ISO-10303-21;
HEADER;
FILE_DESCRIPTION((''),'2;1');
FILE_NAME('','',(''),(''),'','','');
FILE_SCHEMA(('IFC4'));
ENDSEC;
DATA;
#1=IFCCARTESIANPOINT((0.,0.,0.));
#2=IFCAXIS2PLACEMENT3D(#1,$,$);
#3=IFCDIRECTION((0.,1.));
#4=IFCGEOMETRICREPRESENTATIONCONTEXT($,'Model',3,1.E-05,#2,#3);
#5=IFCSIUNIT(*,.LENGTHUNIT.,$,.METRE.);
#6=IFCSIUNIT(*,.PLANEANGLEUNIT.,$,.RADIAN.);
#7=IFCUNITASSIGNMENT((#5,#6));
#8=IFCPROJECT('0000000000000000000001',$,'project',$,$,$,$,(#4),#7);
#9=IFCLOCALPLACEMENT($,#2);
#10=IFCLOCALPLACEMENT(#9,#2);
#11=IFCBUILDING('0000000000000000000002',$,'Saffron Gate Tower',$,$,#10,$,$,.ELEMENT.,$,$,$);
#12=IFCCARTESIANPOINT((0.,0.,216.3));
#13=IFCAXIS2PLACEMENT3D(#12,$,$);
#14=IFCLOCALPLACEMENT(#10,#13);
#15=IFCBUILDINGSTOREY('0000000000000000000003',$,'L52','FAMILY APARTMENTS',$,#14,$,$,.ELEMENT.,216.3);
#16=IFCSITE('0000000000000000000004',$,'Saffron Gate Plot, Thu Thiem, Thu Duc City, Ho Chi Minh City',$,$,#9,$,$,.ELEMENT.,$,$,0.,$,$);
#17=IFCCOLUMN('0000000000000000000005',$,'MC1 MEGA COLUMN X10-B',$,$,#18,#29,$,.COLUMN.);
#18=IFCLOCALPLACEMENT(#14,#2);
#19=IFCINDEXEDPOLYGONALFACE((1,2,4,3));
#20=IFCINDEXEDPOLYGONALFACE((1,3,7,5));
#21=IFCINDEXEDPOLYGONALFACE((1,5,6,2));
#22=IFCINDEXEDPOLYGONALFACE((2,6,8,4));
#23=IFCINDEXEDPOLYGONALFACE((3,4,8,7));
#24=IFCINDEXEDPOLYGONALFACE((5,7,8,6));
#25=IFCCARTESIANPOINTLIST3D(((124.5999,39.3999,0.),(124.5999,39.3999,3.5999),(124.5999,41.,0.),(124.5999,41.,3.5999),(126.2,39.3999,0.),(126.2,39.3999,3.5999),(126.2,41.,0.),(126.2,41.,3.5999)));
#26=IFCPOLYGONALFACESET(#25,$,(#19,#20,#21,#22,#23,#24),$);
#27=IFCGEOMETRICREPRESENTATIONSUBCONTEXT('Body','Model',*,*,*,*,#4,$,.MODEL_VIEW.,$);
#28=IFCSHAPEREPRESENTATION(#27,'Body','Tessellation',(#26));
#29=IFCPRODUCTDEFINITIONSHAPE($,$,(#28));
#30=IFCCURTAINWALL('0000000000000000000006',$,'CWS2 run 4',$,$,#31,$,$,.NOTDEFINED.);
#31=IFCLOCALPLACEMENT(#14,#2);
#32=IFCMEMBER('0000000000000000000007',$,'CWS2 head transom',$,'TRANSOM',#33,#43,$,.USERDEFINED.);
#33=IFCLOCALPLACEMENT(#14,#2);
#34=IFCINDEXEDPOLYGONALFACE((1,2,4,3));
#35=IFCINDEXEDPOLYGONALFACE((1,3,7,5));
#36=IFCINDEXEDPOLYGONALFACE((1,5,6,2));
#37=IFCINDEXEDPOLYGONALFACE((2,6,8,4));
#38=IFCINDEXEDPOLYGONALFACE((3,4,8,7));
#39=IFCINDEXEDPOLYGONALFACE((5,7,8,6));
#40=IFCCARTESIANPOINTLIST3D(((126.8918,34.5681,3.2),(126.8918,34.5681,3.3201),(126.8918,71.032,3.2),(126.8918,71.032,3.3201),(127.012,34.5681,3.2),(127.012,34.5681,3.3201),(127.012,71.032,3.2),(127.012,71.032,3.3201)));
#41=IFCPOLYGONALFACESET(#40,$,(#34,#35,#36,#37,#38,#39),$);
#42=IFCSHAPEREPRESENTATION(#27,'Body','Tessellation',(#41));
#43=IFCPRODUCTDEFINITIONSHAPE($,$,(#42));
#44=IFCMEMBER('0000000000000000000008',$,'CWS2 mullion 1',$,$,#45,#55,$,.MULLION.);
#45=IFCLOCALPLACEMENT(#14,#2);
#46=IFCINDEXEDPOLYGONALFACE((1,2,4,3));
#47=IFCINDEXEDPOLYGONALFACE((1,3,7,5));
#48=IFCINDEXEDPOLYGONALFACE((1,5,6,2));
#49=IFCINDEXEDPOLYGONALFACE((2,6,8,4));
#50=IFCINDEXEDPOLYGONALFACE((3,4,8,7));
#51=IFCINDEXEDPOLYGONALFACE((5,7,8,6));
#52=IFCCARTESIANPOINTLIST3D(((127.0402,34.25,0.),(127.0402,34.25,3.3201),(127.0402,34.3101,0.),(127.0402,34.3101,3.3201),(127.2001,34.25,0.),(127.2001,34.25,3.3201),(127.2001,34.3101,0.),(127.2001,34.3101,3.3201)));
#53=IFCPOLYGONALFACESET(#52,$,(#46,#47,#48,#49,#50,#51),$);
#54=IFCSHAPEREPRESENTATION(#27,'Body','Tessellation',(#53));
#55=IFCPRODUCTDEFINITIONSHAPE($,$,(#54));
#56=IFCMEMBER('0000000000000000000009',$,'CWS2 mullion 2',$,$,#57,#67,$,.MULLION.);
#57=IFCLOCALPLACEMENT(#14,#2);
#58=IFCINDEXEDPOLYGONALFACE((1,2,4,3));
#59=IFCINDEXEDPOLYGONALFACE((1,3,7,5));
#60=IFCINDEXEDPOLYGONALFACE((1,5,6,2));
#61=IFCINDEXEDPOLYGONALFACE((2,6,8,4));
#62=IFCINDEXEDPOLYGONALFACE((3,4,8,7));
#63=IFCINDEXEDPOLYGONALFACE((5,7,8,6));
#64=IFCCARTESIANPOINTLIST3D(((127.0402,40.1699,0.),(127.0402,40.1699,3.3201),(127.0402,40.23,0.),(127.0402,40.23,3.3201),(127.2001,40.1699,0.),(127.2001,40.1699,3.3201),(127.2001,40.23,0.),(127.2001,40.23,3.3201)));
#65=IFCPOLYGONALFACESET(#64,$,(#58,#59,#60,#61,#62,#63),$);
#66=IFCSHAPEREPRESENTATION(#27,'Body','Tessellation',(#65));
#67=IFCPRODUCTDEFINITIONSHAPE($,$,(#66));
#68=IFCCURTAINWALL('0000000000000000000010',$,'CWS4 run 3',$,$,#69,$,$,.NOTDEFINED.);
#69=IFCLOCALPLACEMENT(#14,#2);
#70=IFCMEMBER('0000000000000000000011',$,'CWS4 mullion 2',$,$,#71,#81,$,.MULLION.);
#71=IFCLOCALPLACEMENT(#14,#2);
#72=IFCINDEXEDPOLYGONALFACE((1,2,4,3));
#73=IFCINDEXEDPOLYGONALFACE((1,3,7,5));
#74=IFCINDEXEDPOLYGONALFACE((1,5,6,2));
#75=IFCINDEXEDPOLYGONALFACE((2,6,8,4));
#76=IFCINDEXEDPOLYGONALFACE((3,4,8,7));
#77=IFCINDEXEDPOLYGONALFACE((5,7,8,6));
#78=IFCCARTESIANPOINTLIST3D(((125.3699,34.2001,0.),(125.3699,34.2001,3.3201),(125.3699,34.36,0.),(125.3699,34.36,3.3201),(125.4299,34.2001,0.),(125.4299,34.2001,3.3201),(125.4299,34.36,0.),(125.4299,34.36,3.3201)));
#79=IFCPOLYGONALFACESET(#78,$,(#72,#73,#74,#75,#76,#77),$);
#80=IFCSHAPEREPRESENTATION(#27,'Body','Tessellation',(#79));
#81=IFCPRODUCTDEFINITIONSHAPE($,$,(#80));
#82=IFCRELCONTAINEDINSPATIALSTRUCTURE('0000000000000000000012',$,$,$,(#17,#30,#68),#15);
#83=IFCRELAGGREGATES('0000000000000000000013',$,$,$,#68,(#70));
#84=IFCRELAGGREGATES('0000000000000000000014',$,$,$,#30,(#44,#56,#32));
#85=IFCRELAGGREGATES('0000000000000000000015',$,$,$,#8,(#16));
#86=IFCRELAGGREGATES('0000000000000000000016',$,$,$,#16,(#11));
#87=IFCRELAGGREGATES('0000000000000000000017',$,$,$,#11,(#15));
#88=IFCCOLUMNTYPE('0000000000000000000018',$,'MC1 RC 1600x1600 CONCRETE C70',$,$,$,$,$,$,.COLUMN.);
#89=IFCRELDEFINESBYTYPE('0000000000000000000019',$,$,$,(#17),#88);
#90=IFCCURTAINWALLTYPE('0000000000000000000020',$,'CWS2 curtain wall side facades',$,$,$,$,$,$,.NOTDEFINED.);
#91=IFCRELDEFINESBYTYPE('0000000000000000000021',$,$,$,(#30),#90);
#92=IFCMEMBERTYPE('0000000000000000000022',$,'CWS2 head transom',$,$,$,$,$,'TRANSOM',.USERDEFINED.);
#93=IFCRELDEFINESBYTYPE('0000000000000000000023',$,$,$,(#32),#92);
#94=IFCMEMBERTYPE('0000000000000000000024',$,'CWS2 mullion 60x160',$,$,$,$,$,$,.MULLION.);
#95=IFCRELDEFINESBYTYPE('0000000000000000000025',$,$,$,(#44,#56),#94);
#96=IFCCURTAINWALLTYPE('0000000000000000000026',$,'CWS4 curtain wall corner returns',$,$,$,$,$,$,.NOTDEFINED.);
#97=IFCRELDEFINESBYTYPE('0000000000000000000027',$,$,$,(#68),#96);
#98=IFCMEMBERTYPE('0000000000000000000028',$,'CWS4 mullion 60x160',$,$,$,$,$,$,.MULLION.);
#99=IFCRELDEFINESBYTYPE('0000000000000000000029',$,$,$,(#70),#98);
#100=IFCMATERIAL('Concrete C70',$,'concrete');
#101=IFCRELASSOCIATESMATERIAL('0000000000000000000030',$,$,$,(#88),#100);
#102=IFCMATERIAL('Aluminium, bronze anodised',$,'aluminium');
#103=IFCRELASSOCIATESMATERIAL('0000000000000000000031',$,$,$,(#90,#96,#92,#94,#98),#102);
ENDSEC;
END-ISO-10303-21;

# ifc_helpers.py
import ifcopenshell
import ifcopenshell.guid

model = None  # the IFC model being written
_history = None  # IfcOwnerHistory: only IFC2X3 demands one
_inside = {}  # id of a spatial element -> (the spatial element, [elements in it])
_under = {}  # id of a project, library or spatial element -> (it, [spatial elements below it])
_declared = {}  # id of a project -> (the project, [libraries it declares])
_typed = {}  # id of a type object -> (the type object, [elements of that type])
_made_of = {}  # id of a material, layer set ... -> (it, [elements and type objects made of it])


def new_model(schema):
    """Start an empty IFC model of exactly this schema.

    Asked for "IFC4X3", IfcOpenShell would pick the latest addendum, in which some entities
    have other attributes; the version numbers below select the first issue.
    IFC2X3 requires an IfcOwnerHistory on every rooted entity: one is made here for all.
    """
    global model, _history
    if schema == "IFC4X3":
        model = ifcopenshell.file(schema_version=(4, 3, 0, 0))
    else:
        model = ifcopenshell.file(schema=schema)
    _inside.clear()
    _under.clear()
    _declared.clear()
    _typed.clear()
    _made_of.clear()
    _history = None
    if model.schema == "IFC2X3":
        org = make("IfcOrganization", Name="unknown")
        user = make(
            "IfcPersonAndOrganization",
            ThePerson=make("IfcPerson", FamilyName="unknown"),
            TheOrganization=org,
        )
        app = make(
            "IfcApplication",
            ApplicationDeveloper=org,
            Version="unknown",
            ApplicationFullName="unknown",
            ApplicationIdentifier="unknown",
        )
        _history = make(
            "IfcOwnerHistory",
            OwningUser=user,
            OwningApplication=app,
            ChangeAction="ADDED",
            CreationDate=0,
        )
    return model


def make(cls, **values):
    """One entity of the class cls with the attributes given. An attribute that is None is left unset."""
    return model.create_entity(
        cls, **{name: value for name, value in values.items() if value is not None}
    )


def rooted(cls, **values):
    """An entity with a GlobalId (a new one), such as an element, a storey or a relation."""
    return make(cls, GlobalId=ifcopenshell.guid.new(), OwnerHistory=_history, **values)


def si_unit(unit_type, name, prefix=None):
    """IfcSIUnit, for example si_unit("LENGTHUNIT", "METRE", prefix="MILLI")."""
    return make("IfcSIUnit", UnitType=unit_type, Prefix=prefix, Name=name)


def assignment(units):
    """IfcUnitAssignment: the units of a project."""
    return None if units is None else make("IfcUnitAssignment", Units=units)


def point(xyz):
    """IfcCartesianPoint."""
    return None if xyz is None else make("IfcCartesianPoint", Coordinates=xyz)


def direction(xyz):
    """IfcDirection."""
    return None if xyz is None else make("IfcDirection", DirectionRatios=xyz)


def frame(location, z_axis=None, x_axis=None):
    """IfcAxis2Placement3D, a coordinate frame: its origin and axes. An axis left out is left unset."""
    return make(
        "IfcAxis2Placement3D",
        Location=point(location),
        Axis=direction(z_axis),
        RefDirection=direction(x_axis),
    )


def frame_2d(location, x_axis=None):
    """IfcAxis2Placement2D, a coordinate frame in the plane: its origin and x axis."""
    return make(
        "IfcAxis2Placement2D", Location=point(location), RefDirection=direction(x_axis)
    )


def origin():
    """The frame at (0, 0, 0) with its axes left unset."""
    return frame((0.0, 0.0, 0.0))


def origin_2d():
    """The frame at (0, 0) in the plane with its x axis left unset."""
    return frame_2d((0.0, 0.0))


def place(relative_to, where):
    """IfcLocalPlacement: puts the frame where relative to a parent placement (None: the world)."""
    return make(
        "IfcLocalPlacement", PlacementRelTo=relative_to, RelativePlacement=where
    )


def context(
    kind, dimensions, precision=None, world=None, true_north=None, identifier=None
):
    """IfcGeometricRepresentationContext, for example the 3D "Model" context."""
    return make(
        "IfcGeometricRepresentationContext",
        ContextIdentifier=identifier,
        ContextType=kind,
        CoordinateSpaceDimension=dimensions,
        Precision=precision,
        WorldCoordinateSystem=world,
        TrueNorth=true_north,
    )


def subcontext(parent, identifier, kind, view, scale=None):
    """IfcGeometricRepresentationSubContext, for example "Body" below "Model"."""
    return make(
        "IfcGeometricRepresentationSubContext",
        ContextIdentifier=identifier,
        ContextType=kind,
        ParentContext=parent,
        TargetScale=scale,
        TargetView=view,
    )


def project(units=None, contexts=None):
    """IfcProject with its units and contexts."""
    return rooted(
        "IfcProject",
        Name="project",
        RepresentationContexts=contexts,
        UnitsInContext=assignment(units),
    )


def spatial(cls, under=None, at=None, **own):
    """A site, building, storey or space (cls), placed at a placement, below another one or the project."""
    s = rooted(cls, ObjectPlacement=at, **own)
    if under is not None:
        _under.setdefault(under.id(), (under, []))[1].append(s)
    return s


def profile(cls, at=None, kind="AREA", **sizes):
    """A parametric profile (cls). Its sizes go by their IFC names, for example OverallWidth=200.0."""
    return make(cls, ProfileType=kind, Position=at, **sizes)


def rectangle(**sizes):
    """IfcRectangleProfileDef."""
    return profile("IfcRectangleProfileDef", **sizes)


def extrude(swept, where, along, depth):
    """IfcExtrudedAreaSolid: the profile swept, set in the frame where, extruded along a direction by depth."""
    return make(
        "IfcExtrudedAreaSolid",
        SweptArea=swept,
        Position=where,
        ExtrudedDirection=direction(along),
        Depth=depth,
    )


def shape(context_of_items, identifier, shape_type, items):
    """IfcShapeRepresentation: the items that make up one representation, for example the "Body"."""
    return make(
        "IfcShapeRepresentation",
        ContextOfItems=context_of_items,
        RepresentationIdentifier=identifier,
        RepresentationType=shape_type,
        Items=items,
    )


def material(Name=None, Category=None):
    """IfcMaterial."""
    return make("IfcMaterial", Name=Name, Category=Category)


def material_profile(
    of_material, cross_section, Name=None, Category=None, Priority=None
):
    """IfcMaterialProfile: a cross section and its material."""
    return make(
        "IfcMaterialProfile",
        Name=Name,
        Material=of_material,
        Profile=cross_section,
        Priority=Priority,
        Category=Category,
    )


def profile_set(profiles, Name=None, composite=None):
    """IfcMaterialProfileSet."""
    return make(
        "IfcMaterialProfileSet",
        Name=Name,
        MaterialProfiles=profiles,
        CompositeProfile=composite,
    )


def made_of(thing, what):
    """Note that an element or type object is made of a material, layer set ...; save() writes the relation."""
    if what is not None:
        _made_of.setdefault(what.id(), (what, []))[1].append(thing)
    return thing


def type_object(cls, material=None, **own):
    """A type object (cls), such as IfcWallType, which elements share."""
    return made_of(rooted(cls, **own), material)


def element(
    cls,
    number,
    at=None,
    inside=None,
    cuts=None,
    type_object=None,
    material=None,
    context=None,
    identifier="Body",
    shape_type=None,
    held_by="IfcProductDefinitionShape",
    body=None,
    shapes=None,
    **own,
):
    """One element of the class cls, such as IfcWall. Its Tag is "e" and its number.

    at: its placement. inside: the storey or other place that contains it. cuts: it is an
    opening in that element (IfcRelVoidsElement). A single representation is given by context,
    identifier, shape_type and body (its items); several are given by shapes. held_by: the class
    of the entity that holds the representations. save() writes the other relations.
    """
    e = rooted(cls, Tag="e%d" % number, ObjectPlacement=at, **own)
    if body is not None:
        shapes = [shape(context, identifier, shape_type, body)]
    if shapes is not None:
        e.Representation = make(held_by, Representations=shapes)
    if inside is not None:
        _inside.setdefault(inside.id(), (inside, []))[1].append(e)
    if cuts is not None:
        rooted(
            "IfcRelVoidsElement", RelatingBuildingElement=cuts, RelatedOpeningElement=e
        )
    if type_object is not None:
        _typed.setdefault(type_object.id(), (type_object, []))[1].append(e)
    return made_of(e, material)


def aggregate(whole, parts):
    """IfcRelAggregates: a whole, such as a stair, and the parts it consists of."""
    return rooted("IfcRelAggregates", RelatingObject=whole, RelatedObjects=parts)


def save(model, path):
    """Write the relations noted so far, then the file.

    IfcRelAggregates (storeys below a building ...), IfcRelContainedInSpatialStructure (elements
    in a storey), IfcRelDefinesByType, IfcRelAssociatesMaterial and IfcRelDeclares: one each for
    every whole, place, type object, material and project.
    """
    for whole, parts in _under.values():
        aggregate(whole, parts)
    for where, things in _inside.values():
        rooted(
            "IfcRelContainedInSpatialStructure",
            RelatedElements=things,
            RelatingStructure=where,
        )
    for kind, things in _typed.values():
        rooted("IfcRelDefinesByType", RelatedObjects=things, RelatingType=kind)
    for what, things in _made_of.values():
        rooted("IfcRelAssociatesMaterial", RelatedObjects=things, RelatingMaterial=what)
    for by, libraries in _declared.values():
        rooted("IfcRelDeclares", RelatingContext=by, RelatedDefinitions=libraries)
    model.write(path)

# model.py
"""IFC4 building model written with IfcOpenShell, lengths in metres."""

from ifc_helpers import new_model, si_unit, direction, frame, origin, origin_2d, place, context, subcontext, project, spatial, rectangle, extrude, material, material_profile, profile_set, type_object, element, aggregate, save


model = new_model("IFC4")

# Units and contexts
model_context = context("Model", 3, precision=1e-05, world=origin(), true_north=direction((0.0, 1.0)))
body_context = subcontext(model_context, "Body", "Model", "MODEL_VIEW")
ifc_project = project(units=[si_unit("LENGTHUNIT", "METRE"), si_unit("PLANEANGLEUNIT", "RADIAN")], contexts=[model_context])

# Site, building, storey
site_placement = place(None, origin())
site = spatial("IfcSite", under=ifc_project, at=site_placement, Name="Saffron Gate Plot, Thu Thiem, Thu Duc City, Ho Chi Minh City", CompositionType="ELEMENT", RefElevation=0.0)
building_placement = place(site_placement, origin())
building = spatial("IfcBuilding", under=site, at=building_placement, Name="Saffron Gate Tower", CompositionType="ELEMENT")
storey_placement = place(building_placement, frame((0.0, 0.0, 216.3)))
storey = spatial("IfcBuildingStorey", under=building, at=storey_placement, Name="L52", Description="FAMILY APARTMENTS", CompositionType="ELEMENT", Elevation=216.3)

# Column
ifc_material_1 = material(Name="Concrete C70", Category="concrete")
ifc_material_profile_1 = material_profile(ifc_material_1, rectangle(XDim=1.6001, YDim=1.6001, at=origin_2d()))
ifc_profile_set_1 = profile_set([ifc_material_profile_1], Name="Concrete C70")
column_type = type_object("IfcColumnType", Name="MC1 RC 1600x1600 CONCRETE C70", PredefinedType="COLUMN", material=ifc_profile_set_1)
column_placement = place(storey_placement, frame((125.3999, 40.2, 0.0), z_axis=(0.0, 0.0, 1.0), x_axis=(1.0, 0.0, 0.0)))
element("IfcColumn", 1, at=column_placement, inside=storey, type_object=column_type, Name="MC1 MEGA COLUMN X10-B", PredefinedType="COLUMN", context=body_context, shape_type="SweptSolid", body=[
    extrude(rectangle(XDim=1.6001, YDim=1.6001, at=origin_2d()), origin(), (0.0, 0.0, 1.0), 3.5999),
])

# Curtain wall, members
ifc_material_2 = material(Name="Aluminium, bronze anodised", Category="aluminium")
curtain_wall_type_1 = type_object("IfcCurtainWallType", Name="CWS2 curtain wall side facades", PredefinedType="NOTDEFINED", material=ifc_material_2)
curtain_wall_1_placement = place(storey_placement, origin())
curtain_wall_1 = element("IfcCurtainWall", 2, at=curtain_wall_1_placement, inside=storey, type_object=curtain_wall_type_1, Name="CWS2 run 4", PredefinedType="NOTDEFINED")
ifc_material_profile_2 = material_profile(ifc_material_2, rectangle(XDim=0.1201, YDim=0.1201, at=origin_2d()))
ifc_profile_set_2 = profile_set([ifc_material_profile_2], Name="Aluminium, bronze anodised")
member_type_1 = type_object("IfcMemberType", Name="CWS2 head transom", ElementType="TRANSOM", PredefinedType="USERDEFINED", material=ifc_profile_set_2)
member_1_placement = place(storey_placement, frame((126.9519, 34.5681, 3.26), z_axis=(0.0, 1.0, 0.0), x_axis=(-1.0, 0.0, 0.0)))
member_1 = element("IfcMember", 3, at=member_1_placement, type_object=member_type_1, Name="CWS2 head transom", ObjectType="TRANSOM", PredefinedType="USERDEFINED", context=body_context, shape_type="SweptSolid", body=[
    extrude(rectangle(XDim=0.1201, YDim=0.1201, at=origin_2d()), origin(), (0.0, 0.0, 1.0), 36.4639),
])
ifc_material_profile_3 = material_profile(ifc_material_2, rectangle(XDim=0.1599, YDim=0.0601, at=origin_2d()))
ifc_profile_set_3 = profile_set([ifc_material_profile_3], Name="Aluminium, bronze anodised")
member_type_2 = type_object("IfcMemberType", Name="CWS2 mullion 60x160", PredefinedType="MULLION", material=ifc_profile_set_3)
member_2_placement = place(storey_placement, frame((127.1201, 34.28, 0.0), z_axis=(0.0, 0.0, 1.0), x_axis=(-1.0, 0.0, 0.0)))
member_2 = element("IfcMember", 4, at=member_2_placement, type_object=member_type_2, Name="CWS2 mullion 1", PredefinedType="MULLION", context=body_context, shape_type="SweptSolid", body=[
    extrude(rectangle(XDim=0.1599, YDim=0.0601, at=origin_2d()), origin(), (0.0, 0.0, 1.0), 3.3201),
])
member_3_placement = place(storey_placement, frame((127.1201, 40.2, 0.0), z_axis=(0.0, 0.0, 1.0), x_axis=(-1.0, 0.0, 0.0)))
member_3 = element("IfcMember", 5, at=member_3_placement, type_object=member_type_2, Name="CWS2 mullion 2", PredefinedType="MULLION", context=body_context, shape_type="SweptSolid", body=[
    extrude(rectangle(XDim=0.1599, YDim=0.0601, at=origin_2d()), origin(), (0.0, 0.0, 1.0), 3.3201),
])

# Curtain wall, member
curtain_wall_type_2 = type_object("IfcCurtainWallType", Name="CWS4 curtain wall corner returns", PredefinedType="NOTDEFINED", material=ifc_material_2)
curtain_wall_2_placement = place(storey_placement, origin())
curtain_wall_2 = element("IfcCurtainWall", 6, at=curtain_wall_2_placement, inside=storey, type_object=curtain_wall_type_2, Name="CWS4 run 3", PredefinedType="NOTDEFINED")
ifc_material_profile_4 = material_profile(ifc_material_2, rectangle(XDim=0.1599, YDim=0.0601, at=origin_2d()))
ifc_profile_set_4 = profile_set([ifc_material_profile_4], Name="Aluminium, bronze anodised")
member_type_3 = type_object("IfcMemberType", Name="CWS4 mullion 60x160", PredefinedType="MULLION", material=ifc_profile_set_4)
member_4_placement = place(storey_placement, frame((125.3999, 34.28, 0.0), z_axis=(0.0, 0.0, 1.0), x_axis=(0.0, 1.0, 0.0)))
member_4 = element("IfcMember", 7, at=member_4_placement, type_object=member_type_3, Name="CWS4 mullion 2", PredefinedType="MULLION", context=body_context, shape_type="SweptSolid", body=[
    extrude(rectangle(XDim=0.1599, YDim=0.0601, at=origin_2d()), origin(), (0.0, 0.0, 1.0), 3.3201),
])
aggregate(curtain_wall_2, [member_4])

aggregate(curtain_wall_1, [member_2, member_3, member_1])

save(model, "model.ifc")
